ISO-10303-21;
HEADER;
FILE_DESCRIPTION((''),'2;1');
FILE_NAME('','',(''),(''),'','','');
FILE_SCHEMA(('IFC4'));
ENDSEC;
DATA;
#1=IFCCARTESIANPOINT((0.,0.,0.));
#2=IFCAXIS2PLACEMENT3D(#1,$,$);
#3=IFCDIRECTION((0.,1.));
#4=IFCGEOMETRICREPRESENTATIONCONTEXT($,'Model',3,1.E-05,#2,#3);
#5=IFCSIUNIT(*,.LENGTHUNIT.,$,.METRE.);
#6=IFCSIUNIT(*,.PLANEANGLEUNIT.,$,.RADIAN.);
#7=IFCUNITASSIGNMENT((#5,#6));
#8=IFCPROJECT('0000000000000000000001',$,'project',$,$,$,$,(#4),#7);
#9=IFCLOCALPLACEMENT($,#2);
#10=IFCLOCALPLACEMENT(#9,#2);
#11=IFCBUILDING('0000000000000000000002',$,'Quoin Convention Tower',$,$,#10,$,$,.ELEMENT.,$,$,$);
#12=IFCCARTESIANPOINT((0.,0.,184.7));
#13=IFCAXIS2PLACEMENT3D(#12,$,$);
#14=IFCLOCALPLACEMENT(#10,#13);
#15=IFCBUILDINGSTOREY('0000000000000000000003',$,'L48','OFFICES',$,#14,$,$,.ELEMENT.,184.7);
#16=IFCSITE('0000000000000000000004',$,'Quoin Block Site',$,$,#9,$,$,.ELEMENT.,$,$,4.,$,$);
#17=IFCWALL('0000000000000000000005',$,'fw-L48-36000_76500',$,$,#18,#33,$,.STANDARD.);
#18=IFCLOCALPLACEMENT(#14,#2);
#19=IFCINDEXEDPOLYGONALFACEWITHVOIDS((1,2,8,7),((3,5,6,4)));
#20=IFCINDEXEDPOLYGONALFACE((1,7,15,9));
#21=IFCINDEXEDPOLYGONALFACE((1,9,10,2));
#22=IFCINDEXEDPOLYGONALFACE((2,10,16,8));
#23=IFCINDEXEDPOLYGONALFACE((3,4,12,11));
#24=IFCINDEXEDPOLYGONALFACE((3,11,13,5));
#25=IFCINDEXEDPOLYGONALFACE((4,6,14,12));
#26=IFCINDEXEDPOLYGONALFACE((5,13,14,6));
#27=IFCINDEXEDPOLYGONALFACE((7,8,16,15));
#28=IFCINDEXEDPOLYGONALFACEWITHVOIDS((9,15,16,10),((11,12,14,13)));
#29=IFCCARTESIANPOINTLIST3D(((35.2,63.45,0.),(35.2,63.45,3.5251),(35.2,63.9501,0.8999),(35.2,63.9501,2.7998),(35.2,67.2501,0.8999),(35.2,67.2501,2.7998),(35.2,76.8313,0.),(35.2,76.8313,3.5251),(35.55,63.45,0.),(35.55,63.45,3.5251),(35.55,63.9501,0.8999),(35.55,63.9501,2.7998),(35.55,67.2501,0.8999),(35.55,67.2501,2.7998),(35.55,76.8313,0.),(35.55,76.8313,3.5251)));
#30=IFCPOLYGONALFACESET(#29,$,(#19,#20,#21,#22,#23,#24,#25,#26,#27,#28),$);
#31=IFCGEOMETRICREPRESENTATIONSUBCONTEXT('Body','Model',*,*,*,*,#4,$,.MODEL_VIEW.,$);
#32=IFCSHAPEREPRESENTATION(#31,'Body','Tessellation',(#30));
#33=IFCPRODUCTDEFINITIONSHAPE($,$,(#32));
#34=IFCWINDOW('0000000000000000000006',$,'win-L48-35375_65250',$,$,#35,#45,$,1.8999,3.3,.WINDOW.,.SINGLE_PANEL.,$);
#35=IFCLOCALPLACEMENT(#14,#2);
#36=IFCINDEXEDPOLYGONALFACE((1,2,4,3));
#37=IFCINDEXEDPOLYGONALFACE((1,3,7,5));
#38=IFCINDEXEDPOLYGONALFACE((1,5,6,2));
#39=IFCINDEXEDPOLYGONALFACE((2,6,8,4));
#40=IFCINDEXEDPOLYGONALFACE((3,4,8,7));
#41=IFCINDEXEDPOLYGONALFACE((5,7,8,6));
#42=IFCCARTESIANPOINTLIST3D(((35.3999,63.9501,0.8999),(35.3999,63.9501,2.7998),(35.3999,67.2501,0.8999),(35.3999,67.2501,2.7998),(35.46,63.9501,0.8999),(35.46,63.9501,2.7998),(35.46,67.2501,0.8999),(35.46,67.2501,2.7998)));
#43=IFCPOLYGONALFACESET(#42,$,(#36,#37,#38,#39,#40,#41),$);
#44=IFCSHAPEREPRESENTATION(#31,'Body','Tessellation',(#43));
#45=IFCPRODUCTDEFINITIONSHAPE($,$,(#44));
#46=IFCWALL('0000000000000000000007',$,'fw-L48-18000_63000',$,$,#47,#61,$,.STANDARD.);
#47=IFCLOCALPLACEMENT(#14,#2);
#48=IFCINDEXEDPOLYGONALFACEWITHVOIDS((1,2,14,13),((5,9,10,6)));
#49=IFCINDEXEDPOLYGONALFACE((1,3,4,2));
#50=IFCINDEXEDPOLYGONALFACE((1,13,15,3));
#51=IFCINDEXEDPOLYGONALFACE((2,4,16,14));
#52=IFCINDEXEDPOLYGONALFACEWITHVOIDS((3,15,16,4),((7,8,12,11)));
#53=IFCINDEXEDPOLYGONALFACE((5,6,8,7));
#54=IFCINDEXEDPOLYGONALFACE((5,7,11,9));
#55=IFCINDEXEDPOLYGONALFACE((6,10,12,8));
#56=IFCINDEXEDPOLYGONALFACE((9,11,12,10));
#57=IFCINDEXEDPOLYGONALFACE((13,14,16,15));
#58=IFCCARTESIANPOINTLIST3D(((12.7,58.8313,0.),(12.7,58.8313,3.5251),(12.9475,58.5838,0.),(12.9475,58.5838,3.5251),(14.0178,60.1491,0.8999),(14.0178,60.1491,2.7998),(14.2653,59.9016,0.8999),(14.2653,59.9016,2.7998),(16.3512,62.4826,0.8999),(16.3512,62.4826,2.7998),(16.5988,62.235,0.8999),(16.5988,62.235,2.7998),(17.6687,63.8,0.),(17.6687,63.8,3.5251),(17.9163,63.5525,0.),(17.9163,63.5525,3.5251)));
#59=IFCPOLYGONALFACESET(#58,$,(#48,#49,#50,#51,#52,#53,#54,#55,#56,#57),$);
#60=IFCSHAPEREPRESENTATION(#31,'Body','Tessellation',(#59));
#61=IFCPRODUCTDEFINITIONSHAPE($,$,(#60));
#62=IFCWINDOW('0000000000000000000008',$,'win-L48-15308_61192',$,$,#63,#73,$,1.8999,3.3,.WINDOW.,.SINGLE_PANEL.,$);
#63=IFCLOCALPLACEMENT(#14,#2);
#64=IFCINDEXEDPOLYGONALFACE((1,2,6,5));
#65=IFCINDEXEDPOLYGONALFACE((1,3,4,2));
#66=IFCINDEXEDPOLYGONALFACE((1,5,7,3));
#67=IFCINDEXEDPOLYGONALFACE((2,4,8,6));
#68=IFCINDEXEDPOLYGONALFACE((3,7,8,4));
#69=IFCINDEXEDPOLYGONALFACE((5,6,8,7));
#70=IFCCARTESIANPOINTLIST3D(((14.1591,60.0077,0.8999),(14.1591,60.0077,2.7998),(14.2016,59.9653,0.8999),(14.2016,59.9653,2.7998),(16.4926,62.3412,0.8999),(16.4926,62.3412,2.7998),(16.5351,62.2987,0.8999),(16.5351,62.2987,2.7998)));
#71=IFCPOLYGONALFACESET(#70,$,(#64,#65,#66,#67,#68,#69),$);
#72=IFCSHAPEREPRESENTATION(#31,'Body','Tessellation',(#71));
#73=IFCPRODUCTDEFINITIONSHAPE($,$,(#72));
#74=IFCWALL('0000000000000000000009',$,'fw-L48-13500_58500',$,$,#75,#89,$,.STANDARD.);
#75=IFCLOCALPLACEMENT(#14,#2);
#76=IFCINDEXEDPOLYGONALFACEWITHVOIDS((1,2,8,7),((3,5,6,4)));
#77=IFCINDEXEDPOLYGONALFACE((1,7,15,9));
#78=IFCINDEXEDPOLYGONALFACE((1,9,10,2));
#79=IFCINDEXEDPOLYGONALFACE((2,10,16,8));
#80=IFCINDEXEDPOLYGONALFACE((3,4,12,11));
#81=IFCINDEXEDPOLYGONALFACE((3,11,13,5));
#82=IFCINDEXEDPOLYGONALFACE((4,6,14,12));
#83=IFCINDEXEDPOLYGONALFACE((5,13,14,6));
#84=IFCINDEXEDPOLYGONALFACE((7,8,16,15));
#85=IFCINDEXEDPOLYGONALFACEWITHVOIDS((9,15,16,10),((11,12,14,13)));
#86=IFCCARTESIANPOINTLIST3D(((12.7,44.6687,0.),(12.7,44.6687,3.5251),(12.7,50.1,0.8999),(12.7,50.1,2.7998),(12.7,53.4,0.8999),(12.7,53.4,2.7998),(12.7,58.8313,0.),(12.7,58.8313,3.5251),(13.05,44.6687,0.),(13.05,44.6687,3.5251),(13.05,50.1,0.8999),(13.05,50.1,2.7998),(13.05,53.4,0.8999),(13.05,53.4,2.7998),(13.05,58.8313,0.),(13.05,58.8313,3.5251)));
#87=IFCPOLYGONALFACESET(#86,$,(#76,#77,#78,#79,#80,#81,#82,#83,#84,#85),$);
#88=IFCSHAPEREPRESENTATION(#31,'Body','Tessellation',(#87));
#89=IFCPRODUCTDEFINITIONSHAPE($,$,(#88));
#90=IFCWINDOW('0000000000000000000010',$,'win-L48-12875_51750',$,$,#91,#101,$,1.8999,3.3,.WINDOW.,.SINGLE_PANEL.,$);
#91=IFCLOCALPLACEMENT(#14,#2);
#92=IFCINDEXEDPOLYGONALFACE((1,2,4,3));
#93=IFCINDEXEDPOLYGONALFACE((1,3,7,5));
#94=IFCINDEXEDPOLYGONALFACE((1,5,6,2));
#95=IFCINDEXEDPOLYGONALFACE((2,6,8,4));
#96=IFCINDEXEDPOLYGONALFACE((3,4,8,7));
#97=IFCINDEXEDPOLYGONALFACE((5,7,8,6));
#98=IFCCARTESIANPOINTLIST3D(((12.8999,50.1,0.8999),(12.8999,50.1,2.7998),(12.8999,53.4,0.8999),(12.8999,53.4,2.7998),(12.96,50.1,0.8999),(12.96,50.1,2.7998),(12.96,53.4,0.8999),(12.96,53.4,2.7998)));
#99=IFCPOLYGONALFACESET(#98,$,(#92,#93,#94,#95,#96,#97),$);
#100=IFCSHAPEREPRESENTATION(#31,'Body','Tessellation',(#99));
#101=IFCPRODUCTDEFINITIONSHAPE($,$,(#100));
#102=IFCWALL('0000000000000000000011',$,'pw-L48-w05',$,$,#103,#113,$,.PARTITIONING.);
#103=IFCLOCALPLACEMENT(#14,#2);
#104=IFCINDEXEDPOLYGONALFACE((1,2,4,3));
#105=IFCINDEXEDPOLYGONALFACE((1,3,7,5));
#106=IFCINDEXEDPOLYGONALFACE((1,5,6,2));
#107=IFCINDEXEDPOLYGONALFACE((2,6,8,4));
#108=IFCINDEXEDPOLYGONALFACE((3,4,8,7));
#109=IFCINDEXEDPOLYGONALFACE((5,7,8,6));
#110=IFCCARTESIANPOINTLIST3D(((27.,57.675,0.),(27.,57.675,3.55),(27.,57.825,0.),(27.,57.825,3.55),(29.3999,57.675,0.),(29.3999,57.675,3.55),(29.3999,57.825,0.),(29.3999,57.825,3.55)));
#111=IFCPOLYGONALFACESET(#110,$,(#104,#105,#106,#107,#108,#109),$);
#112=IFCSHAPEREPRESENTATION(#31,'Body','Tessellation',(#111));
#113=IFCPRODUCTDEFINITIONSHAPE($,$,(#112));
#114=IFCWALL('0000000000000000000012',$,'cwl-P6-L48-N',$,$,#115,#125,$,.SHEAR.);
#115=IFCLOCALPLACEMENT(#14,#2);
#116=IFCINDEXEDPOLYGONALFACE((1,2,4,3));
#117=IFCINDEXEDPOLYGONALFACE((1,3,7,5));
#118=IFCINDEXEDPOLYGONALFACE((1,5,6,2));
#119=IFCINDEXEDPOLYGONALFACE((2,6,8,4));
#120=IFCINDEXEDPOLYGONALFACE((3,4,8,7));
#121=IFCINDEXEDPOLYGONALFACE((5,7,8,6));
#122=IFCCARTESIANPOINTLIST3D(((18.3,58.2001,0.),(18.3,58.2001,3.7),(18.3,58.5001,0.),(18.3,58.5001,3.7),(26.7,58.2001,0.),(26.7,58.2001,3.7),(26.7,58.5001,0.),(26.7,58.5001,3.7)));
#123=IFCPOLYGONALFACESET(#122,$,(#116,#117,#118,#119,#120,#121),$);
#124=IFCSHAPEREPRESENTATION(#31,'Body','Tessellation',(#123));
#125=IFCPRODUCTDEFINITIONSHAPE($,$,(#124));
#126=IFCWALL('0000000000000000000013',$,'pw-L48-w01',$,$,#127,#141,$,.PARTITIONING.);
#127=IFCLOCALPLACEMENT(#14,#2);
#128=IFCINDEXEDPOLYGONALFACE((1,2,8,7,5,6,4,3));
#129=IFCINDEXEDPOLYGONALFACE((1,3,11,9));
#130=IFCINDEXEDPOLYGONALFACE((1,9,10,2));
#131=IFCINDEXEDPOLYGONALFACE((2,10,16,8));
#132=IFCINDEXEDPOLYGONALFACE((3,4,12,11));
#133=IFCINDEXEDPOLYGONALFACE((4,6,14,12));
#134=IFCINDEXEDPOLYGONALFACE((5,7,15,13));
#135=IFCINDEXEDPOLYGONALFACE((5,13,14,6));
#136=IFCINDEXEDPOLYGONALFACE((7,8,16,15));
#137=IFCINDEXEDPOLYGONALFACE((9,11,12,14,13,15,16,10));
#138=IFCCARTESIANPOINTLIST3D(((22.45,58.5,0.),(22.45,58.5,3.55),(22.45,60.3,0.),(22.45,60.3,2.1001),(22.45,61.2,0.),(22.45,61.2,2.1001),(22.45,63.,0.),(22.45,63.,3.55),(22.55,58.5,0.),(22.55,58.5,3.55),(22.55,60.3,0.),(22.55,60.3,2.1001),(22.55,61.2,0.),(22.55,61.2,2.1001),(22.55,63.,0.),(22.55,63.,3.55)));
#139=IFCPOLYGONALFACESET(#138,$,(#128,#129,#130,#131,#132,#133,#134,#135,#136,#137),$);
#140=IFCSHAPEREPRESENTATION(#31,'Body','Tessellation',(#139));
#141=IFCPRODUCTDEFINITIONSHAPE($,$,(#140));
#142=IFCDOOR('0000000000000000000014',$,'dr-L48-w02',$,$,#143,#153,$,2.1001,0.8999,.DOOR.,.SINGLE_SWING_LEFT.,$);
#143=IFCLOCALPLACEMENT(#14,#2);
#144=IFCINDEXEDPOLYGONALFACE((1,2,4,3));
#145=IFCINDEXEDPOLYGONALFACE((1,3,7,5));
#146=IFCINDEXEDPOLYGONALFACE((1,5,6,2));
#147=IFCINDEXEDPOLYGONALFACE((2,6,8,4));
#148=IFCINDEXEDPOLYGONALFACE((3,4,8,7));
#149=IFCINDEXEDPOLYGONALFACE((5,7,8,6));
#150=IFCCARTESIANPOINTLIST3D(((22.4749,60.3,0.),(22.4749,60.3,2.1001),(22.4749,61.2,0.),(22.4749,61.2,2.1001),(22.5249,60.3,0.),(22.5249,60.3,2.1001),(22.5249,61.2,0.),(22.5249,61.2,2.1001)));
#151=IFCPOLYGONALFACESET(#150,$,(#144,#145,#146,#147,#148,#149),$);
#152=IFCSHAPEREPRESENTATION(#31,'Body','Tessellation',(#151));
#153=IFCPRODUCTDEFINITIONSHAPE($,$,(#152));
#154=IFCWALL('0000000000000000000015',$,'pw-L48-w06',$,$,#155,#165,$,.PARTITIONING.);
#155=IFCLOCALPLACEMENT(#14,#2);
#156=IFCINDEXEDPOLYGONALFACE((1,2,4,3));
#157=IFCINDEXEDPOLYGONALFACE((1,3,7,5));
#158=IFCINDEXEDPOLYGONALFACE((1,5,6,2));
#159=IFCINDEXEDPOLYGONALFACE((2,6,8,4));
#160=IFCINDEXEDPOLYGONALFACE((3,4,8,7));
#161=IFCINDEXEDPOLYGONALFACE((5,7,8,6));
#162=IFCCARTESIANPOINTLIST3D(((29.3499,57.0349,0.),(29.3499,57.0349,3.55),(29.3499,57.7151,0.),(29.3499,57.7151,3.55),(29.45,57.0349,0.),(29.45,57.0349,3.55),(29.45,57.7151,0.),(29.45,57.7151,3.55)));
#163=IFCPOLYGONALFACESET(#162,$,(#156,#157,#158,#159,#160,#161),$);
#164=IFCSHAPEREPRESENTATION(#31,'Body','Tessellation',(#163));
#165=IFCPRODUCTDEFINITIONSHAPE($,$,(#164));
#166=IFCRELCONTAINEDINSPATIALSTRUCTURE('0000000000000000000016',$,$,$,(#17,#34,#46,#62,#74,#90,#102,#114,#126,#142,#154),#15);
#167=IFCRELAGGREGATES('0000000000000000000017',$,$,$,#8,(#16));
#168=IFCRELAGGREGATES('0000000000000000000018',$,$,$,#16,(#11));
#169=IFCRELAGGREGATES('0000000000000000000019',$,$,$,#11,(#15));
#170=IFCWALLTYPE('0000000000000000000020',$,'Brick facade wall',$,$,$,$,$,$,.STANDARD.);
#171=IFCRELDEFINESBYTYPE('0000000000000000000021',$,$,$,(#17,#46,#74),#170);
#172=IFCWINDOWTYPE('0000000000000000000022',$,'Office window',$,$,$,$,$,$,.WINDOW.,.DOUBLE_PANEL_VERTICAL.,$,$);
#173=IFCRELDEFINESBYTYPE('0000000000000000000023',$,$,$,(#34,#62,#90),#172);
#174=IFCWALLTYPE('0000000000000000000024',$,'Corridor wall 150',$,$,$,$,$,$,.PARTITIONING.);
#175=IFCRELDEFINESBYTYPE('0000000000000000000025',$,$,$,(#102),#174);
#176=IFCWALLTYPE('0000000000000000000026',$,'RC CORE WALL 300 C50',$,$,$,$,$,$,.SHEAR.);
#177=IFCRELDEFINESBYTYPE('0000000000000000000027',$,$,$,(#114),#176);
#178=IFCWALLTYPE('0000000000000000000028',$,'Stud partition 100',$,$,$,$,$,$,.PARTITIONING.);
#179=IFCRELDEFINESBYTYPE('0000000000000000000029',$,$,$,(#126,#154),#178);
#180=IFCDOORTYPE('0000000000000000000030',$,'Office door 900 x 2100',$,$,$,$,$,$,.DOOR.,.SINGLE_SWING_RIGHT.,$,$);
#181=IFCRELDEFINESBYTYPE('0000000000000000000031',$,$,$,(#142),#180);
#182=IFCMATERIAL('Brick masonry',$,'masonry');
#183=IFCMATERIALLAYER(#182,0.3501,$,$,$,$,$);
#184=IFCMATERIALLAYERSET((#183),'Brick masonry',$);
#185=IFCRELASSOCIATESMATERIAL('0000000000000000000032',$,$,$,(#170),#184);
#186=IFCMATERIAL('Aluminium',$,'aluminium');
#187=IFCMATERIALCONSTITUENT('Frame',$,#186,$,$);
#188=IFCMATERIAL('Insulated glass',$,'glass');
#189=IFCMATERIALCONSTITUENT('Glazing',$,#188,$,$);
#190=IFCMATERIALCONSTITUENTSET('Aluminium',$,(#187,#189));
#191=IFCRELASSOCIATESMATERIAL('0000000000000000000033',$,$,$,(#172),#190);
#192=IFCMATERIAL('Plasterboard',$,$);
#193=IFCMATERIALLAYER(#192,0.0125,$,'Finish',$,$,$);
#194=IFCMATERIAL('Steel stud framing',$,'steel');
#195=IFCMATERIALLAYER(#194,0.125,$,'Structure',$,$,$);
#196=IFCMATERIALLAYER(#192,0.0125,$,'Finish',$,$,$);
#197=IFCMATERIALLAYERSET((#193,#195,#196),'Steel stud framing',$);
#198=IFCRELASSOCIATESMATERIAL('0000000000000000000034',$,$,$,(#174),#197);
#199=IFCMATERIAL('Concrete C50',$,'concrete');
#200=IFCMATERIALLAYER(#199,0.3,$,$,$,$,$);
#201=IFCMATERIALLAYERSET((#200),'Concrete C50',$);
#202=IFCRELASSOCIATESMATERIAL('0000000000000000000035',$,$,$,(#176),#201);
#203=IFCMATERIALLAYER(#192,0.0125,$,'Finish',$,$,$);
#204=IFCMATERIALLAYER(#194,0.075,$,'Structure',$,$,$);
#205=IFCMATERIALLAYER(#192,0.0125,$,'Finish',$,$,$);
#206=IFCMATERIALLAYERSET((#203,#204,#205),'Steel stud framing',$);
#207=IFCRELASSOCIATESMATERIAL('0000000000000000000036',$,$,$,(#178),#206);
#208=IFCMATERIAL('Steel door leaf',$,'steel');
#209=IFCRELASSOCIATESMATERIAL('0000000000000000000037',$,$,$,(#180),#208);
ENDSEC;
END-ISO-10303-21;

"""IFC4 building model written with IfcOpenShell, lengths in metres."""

from ifc_helpers import new_model, si_unit, direction, frame, frame_2d, origin, place, context, subcontext, project, spatial, rectangle, extrude, material, layer, layer_set, constituent, constituent_set, type_object, element, fill, save


model = new_model("IFC4")

# Units and contexts
model_context = context("Model", 3, precision=1e-05, world=origin(), true_north=direction((0.0, 1.0)))
body_context = subcontext(model_context, "Body", "Model", "MODEL_VIEW")
ifc_project = project(units=[si_unit("LENGTHUNIT", "METRE"), si_unit("PLANEANGLEUNIT", "RADIAN")], contexts=[model_context])

# Site, building, storey
site_placement = place(None, origin())
site = spatial("IfcSite", under=ifc_project, at=site_placement, Name="Quoin Block Site", CompositionType="ELEMENT", RefElevation=4.0)
building_placement = place(site_placement, origin())
building = spatial("IfcBuilding", under=site, at=building_placement, Name="Quoin Convention Tower", CompositionType="ELEMENT")
storey_placement = place(building_placement, frame((0.0, 0.0, 184.7)))
storey = spatial("IfcBuildingStorey", under=building, at=storey_placement, Name="L48", Description="OFFICES", CompositionType="ELEMENT", Elevation=184.7)

# Shared definitions
ifc_material_1 = material(Name="Concrete C50", Category="concrete")

# Walls, openings, windows
ifc_material_2 = material(Name="Brick masonry", Category="masonry")
ifc_layer_1 = layer(ifc_material_2, 0.3501)
ifc_layer_set_1 = layer_set([ifc_layer_1], Name="Brick masonry")
wall_type_1 = type_object("IfcWallType", Name="Brick facade wall", PredefinedType="STANDARD", material=ifc_layer_set_1)
wall_1_placement = place(storey_placement, frame((35.375, 76.8313, 0.0), z_axis=(0.0, 0.0, 1.0), x_axis=(0.0, -1.0, 0.0)))
wall_1 = element("IfcWall", 1, at=wall_1_placement, inside=storey, type_object=wall_type_1, Name="fw-L48-36000_76500", PredefinedType="STANDARD", context=body_context, shape_type="SweptSolid", body=[
    extrude(rectangle(XDim=13.3813, YDim=0.3501, at=frame_2d((6.6907, 0.0))), origin(), (0.0, 0.0, 1.0), 3.5251),
])
opening_1_placement = place(wall_1_placement, frame((9.5813, 0.0, 0.8999)))
opening_1 = element("IfcOpeningElement", 2, at=opening_1_placement, cuts=wall_1, PredefinedType="OPENING", context=body_context, shape_type="SweptSolid", body=[
    extrude(rectangle(XDim=3.3, YDim=1.8999, at=frame_2d((1.6499, 0.95))), frame((0.0, 0.1851, 0.0), z_axis=(0.0, -1.0, 0.0), x_axis=(1.0, 0.0, 0.0)), (0.0, 0.0, 1.0), 0.3701),
])
ifc_material_3 = material(Name="Aluminium", Category="aluminium")
ifc_constituent_1 = constituent(ifc_material_3, Name="Frame")
ifc_material_4 = material(Name="Insulated glass", Category="glass")
ifc_constituent_2 = constituent(ifc_material_4, Name="Glazing")
ifc_constituent_set = constituent_set(constituents=[ifc_constituent_1, ifc_constituent_2], Name="Aluminium")
window_type = type_object("IfcWindowType", Name="Office window", PartitioningType="DOUBLE_PANEL_VERTICAL", PredefinedType="WINDOW", material=ifc_constituent_set)
window_1_placement = place(opening_1_placement, origin())
window_1 = element("IfcWindow", 3, at=window_1_placement, inside=storey, type_object=window_type, Name="win-L48-35375_65250", OverallHeight=1.8999, OverallWidth=3.3, PartitioningType="SINGLE_PANEL", PredefinedType="WINDOW", context=body_context, shape_type="SweptSolid", body=[
    extrude(rectangle(XDim=3.3, YDim=1.8999, at=frame_2d((1.6499, 0.95))), frame((0.0, 0.085, 0.0), z_axis=(0.0, -1.0, 0.0), x_axis=(1.0, 0.0, 0.0)), (0.0, 0.0, 1.0), 0.0601),
])
fill(opening_1, window_1)
wall_2_placement = place(storey_placement, frame((17.7925, 63.6763, 0.0), z_axis=(0.0, 0.0, 1.0), x_axis=(-0.707107, -0.707107, 0.0)))
wall_2 = element("IfcWall", 4, at=wall_2_placement, inside=storey, type_object=wall_type_1, Name="fw-L48-18000_63000", PredefinedType="STANDARD", context=body_context, shape_type="SweptSolid", body=[
    extrude(rectangle(XDim=7.0269, YDim=0.3501, at=frame_2d((3.5134, 0.0))), origin(), (0.0, 0.0, 1.0), 3.5251),
])
opening_2_placement = place(wall_2_placement, frame((1.8633, 0.0, 0.8999)))
opening_2 = element("IfcOpeningElement", 5, at=opening_2_placement, cuts=wall_2, PredefinedType="OPENING", context=body_context, shape_type="SweptSolid", body=[
    extrude(rectangle(XDim=3.3, YDim=1.8999, at=frame_2d((1.6499, 0.95))), frame((0.0, 0.1851, 0.0), z_axis=(0.0, -1.0, 0.0), x_axis=(1.0, 0.0, 0.0)), (0.0, 0.0, 1.0), 0.3701),
])
window_2_placement = place(opening_2_placement, origin())
window_2 = element("IfcWindow", 6, at=window_2_placement, inside=storey, type_object=window_type, Name="win-L48-15308_61192", OverallHeight=1.8999, OverallWidth=3.3, PartitioningType="SINGLE_PANEL", PredefinedType="WINDOW", context=body_context, shape_type="SweptSolid", body=[
    extrude(rectangle(XDim=3.3, YDim=1.8999, at=frame_2d((1.6499, 0.95))), frame((0.0, 0.085, 0.0), z_axis=(0.0, -1.0, 0.0), x_axis=(1.0, 0.0, 0.0)), (0.0, 0.0, 1.0), 0.0601),
])
fill(opening_2, window_2)
wall_3_placement = place(storey_placement, frame((12.875, 58.8313, 0.0), z_axis=(0.0, 0.0, 1.0), x_axis=(0.0, -1.0, 0.0)))
wall_3 = element("IfcWall", 7, at=wall_3_placement, inside=storey, type_object=wall_type_1, Name="fw-L48-13500_58500", PredefinedType="STANDARD", context=body_context, shape_type="SweptSolid", body=[
    extrude(rectangle(XDim=14.1626, YDim=0.3501, at=frame_2d((7.0813, 0.0))), origin(), (0.0, 0.0, 1.0), 3.5251),
])
opening_3_placement = place(wall_3_placement, frame((5.4314, 0.0, 0.8999)))
opening_3 = element("IfcOpeningElement", 8, at=opening_3_placement, cuts=wall_3, PredefinedType="OPENING", context=body_context, shape_type="SweptSolid", body=[
    extrude(rectangle(XDim=3.3, YDim=1.8999, at=frame_2d((1.6499, 0.95))), frame((0.0, 0.1851, 0.0), z_axis=(0.0, -1.0, 0.0), x_axis=(1.0, 0.0, 0.0)), (0.0, 0.0, 1.0), 0.3701),
])
window_3_placement = place(opening_3_placement, origin())
window_3 = element("IfcWindow", 9, at=window_3_placement, inside=storey, type_object=window_type, Name="win-L48-12875_51750", OverallHeight=1.8999, OverallWidth=3.3, PartitioningType="SINGLE_PANEL", PredefinedType="WINDOW", context=body_context, shape_type="SweptSolid", body=[
    extrude(rectangle(XDim=3.3, YDim=1.8999, at=frame_2d((1.6499, 0.95))), frame((0.0, 0.085, 0.0), z_axis=(0.0, -1.0, 0.0), x_axis=(1.0, 0.0, 0.0)), (0.0, 0.0, 1.0), 0.0601),
])
fill(opening_3, window_3)

# Walls
ifc_material_5 = material(Name="Plasterboard")
ifc_layer_2 = layer(ifc_material_5, 0.0125, Name="Finish")
ifc_material_6 = material(Name="Steel stud framing", Category="steel")
ifc_layer_3 = layer(ifc_material_6, 0.125, Name="Structure")
ifc_layer_4 = layer(ifc_material_5, 0.0125, Name="Finish")
ifc_layer_set_2 = layer_set([ifc_layer_2, ifc_layer_3, ifc_layer_4], Name="Steel stud framing")
wall_type_2 = type_object("IfcWallType", Name="Corridor wall 150", PredefinedType="PARTITIONING", material=ifc_layer_set_2)
wall_4_placement = place(storey_placement, frame((27.0, 57.75, 0.0), z_axis=(0.0, 0.0, 1.0), x_axis=(1.0, 0.0, 0.0)))
element("IfcWall", 10, at=wall_4_placement, inside=storey, type_object=wall_type_2, Name="pw-L48-w05", PredefinedType="PARTITIONING", context=body_context, shape_type="SweptSolid", body=[
    extrude(rectangle(XDim=2.3999, YDim=0.1499, at=frame_2d((1.2, 0.0))), origin(), (0.0, 0.0, 1.0), 3.55),
])
ifc_layer_5 = layer(ifc_material_1, 0.3)
ifc_layer_set_3 = layer_set([ifc_layer_5], Name="Concrete C50")
wall_type_3 = type_object("IfcWallType", Name="RC CORE WALL 300 C50", PredefinedType="SHEAR", material=ifc_layer_set_3)
wall_5_placement = place(storey_placement, frame((18.3, 58.3501, 0.0), z_axis=(0.0, 0.0, 1.0), x_axis=(1.0, 0.0, 0.0)))
element("IfcWall", 11, at=wall_5_placement, inside=storey, type_object=wall_type_3, Name="cwl-P6-L48-N", PredefinedType="SHEAR", context=body_context, shape_type="SweptSolid", body=[
    extrude(rectangle(XDim=8.3999, YDim=0.3, at=frame_2d((4.2, 0.0))), origin(), (0.0, 0.0, 1.0), 3.7),
])

# Wall, opening, door
ifc_layer_6 = layer(ifc_material_5, 0.0125, Name="Finish")
ifc_layer_7 = layer(ifc_material_6, 0.075, Name="Structure")
ifc_layer_8 = layer(ifc_material_5, 0.0125, Name="Finish")
ifc_layer_set_4 = layer_set([ifc_layer_6, ifc_layer_7, ifc_layer_8], Name="Steel stud framing")
wall_type_4 = type_object("IfcWallType", Name="Stud partition 100", PredefinedType="PARTITIONING", material=ifc_layer_set_4)
wall_6_placement = place(storey_placement, frame((22.5, 63.0, 0.0), z_axis=(0.0, 0.0, 1.0), x_axis=(0.0, -1.0, 0.0)))
wall_6 = element("IfcWall", 12, at=wall_6_placement, inside=storey, type_object=wall_type_4, Name="pw-L48-w01", PredefinedType="PARTITIONING", context=body_context, shape_type="SweptSolid", body=[
    extrude(rectangle(XDim=4.5, YDim=0.1001, at=frame_2d((2.25, 0.0))), origin(), (0.0, 0.0, 1.0), 3.55),
])
opening_4_placement = place(wall_6_placement, frame((1.8, 0.0, 0.0)))
opening_4 = element("IfcOpeningElement", 13, at=opening_4_placement, cuts=wall_6, PredefinedType="OPENING", context=body_context, shape_type="SweptSolid", body=[
    extrude(rectangle(XDim=0.8999, YDim=2.1001, at=frame_2d((0.45, 1.05))), frame((0.0, 0.0601, 0.0), z_axis=(0.0, -1.0, 0.0), x_axis=(1.0, 0.0, 0.0)), (0.0, 0.0, 1.0), 0.1201),
])
ifc_material_7 = material(Name="Steel door leaf", Category="steel")
door_type = type_object("IfcDoorType", Name="Office door 900 x 2100", OperationType="SINGLE_SWING_RIGHT", PredefinedType="DOOR", material=ifc_material_7)
door_placement = place(opening_4_placement, origin())
door = element("IfcDoor", 14, at=door_placement, inside=storey, type_object=door_type, Name="dr-L48-w02", OperationType="SINGLE_SWING_LEFT", OverallHeight=2.1001, OverallWidth=0.8999, PredefinedType="DOOR", context=body_context, shape_type="SweptSolid", body=[
    extrude(rectangle(XDim=0.8999, YDim=2.1001, at=frame_2d((0.45, 1.05))), frame((0.0, 0.0249, 0.0), z_axis=(0.0, -1.0, 0.0), x_axis=(1.0, 0.0, 0.0)), (0.0, 0.0, 1.0), 0.05),
])
fill(opening_4, door)

# Wall
wall_7_placement = place(storey_placement, frame((29.3999, 57.7151, 0.0), z_axis=(0.0, 0.0, 1.0), x_axis=(0.0, -1.0, 0.0)))
element("IfcWall", 15, at=wall_7_placement, inside=storey, type_object=wall_type_4, Name="pw-L48-w06", PredefinedType="PARTITIONING", context=body_context, shape_type="SweptSolid", body=[
    extrude(rectangle(XDim=0.6802, YDim=0.1001, at=frame_2d((0.3401, 0.0))), origin(), (0.0, 0.0, 1.0), 3.55),
])

save(model, "model.ifc")
